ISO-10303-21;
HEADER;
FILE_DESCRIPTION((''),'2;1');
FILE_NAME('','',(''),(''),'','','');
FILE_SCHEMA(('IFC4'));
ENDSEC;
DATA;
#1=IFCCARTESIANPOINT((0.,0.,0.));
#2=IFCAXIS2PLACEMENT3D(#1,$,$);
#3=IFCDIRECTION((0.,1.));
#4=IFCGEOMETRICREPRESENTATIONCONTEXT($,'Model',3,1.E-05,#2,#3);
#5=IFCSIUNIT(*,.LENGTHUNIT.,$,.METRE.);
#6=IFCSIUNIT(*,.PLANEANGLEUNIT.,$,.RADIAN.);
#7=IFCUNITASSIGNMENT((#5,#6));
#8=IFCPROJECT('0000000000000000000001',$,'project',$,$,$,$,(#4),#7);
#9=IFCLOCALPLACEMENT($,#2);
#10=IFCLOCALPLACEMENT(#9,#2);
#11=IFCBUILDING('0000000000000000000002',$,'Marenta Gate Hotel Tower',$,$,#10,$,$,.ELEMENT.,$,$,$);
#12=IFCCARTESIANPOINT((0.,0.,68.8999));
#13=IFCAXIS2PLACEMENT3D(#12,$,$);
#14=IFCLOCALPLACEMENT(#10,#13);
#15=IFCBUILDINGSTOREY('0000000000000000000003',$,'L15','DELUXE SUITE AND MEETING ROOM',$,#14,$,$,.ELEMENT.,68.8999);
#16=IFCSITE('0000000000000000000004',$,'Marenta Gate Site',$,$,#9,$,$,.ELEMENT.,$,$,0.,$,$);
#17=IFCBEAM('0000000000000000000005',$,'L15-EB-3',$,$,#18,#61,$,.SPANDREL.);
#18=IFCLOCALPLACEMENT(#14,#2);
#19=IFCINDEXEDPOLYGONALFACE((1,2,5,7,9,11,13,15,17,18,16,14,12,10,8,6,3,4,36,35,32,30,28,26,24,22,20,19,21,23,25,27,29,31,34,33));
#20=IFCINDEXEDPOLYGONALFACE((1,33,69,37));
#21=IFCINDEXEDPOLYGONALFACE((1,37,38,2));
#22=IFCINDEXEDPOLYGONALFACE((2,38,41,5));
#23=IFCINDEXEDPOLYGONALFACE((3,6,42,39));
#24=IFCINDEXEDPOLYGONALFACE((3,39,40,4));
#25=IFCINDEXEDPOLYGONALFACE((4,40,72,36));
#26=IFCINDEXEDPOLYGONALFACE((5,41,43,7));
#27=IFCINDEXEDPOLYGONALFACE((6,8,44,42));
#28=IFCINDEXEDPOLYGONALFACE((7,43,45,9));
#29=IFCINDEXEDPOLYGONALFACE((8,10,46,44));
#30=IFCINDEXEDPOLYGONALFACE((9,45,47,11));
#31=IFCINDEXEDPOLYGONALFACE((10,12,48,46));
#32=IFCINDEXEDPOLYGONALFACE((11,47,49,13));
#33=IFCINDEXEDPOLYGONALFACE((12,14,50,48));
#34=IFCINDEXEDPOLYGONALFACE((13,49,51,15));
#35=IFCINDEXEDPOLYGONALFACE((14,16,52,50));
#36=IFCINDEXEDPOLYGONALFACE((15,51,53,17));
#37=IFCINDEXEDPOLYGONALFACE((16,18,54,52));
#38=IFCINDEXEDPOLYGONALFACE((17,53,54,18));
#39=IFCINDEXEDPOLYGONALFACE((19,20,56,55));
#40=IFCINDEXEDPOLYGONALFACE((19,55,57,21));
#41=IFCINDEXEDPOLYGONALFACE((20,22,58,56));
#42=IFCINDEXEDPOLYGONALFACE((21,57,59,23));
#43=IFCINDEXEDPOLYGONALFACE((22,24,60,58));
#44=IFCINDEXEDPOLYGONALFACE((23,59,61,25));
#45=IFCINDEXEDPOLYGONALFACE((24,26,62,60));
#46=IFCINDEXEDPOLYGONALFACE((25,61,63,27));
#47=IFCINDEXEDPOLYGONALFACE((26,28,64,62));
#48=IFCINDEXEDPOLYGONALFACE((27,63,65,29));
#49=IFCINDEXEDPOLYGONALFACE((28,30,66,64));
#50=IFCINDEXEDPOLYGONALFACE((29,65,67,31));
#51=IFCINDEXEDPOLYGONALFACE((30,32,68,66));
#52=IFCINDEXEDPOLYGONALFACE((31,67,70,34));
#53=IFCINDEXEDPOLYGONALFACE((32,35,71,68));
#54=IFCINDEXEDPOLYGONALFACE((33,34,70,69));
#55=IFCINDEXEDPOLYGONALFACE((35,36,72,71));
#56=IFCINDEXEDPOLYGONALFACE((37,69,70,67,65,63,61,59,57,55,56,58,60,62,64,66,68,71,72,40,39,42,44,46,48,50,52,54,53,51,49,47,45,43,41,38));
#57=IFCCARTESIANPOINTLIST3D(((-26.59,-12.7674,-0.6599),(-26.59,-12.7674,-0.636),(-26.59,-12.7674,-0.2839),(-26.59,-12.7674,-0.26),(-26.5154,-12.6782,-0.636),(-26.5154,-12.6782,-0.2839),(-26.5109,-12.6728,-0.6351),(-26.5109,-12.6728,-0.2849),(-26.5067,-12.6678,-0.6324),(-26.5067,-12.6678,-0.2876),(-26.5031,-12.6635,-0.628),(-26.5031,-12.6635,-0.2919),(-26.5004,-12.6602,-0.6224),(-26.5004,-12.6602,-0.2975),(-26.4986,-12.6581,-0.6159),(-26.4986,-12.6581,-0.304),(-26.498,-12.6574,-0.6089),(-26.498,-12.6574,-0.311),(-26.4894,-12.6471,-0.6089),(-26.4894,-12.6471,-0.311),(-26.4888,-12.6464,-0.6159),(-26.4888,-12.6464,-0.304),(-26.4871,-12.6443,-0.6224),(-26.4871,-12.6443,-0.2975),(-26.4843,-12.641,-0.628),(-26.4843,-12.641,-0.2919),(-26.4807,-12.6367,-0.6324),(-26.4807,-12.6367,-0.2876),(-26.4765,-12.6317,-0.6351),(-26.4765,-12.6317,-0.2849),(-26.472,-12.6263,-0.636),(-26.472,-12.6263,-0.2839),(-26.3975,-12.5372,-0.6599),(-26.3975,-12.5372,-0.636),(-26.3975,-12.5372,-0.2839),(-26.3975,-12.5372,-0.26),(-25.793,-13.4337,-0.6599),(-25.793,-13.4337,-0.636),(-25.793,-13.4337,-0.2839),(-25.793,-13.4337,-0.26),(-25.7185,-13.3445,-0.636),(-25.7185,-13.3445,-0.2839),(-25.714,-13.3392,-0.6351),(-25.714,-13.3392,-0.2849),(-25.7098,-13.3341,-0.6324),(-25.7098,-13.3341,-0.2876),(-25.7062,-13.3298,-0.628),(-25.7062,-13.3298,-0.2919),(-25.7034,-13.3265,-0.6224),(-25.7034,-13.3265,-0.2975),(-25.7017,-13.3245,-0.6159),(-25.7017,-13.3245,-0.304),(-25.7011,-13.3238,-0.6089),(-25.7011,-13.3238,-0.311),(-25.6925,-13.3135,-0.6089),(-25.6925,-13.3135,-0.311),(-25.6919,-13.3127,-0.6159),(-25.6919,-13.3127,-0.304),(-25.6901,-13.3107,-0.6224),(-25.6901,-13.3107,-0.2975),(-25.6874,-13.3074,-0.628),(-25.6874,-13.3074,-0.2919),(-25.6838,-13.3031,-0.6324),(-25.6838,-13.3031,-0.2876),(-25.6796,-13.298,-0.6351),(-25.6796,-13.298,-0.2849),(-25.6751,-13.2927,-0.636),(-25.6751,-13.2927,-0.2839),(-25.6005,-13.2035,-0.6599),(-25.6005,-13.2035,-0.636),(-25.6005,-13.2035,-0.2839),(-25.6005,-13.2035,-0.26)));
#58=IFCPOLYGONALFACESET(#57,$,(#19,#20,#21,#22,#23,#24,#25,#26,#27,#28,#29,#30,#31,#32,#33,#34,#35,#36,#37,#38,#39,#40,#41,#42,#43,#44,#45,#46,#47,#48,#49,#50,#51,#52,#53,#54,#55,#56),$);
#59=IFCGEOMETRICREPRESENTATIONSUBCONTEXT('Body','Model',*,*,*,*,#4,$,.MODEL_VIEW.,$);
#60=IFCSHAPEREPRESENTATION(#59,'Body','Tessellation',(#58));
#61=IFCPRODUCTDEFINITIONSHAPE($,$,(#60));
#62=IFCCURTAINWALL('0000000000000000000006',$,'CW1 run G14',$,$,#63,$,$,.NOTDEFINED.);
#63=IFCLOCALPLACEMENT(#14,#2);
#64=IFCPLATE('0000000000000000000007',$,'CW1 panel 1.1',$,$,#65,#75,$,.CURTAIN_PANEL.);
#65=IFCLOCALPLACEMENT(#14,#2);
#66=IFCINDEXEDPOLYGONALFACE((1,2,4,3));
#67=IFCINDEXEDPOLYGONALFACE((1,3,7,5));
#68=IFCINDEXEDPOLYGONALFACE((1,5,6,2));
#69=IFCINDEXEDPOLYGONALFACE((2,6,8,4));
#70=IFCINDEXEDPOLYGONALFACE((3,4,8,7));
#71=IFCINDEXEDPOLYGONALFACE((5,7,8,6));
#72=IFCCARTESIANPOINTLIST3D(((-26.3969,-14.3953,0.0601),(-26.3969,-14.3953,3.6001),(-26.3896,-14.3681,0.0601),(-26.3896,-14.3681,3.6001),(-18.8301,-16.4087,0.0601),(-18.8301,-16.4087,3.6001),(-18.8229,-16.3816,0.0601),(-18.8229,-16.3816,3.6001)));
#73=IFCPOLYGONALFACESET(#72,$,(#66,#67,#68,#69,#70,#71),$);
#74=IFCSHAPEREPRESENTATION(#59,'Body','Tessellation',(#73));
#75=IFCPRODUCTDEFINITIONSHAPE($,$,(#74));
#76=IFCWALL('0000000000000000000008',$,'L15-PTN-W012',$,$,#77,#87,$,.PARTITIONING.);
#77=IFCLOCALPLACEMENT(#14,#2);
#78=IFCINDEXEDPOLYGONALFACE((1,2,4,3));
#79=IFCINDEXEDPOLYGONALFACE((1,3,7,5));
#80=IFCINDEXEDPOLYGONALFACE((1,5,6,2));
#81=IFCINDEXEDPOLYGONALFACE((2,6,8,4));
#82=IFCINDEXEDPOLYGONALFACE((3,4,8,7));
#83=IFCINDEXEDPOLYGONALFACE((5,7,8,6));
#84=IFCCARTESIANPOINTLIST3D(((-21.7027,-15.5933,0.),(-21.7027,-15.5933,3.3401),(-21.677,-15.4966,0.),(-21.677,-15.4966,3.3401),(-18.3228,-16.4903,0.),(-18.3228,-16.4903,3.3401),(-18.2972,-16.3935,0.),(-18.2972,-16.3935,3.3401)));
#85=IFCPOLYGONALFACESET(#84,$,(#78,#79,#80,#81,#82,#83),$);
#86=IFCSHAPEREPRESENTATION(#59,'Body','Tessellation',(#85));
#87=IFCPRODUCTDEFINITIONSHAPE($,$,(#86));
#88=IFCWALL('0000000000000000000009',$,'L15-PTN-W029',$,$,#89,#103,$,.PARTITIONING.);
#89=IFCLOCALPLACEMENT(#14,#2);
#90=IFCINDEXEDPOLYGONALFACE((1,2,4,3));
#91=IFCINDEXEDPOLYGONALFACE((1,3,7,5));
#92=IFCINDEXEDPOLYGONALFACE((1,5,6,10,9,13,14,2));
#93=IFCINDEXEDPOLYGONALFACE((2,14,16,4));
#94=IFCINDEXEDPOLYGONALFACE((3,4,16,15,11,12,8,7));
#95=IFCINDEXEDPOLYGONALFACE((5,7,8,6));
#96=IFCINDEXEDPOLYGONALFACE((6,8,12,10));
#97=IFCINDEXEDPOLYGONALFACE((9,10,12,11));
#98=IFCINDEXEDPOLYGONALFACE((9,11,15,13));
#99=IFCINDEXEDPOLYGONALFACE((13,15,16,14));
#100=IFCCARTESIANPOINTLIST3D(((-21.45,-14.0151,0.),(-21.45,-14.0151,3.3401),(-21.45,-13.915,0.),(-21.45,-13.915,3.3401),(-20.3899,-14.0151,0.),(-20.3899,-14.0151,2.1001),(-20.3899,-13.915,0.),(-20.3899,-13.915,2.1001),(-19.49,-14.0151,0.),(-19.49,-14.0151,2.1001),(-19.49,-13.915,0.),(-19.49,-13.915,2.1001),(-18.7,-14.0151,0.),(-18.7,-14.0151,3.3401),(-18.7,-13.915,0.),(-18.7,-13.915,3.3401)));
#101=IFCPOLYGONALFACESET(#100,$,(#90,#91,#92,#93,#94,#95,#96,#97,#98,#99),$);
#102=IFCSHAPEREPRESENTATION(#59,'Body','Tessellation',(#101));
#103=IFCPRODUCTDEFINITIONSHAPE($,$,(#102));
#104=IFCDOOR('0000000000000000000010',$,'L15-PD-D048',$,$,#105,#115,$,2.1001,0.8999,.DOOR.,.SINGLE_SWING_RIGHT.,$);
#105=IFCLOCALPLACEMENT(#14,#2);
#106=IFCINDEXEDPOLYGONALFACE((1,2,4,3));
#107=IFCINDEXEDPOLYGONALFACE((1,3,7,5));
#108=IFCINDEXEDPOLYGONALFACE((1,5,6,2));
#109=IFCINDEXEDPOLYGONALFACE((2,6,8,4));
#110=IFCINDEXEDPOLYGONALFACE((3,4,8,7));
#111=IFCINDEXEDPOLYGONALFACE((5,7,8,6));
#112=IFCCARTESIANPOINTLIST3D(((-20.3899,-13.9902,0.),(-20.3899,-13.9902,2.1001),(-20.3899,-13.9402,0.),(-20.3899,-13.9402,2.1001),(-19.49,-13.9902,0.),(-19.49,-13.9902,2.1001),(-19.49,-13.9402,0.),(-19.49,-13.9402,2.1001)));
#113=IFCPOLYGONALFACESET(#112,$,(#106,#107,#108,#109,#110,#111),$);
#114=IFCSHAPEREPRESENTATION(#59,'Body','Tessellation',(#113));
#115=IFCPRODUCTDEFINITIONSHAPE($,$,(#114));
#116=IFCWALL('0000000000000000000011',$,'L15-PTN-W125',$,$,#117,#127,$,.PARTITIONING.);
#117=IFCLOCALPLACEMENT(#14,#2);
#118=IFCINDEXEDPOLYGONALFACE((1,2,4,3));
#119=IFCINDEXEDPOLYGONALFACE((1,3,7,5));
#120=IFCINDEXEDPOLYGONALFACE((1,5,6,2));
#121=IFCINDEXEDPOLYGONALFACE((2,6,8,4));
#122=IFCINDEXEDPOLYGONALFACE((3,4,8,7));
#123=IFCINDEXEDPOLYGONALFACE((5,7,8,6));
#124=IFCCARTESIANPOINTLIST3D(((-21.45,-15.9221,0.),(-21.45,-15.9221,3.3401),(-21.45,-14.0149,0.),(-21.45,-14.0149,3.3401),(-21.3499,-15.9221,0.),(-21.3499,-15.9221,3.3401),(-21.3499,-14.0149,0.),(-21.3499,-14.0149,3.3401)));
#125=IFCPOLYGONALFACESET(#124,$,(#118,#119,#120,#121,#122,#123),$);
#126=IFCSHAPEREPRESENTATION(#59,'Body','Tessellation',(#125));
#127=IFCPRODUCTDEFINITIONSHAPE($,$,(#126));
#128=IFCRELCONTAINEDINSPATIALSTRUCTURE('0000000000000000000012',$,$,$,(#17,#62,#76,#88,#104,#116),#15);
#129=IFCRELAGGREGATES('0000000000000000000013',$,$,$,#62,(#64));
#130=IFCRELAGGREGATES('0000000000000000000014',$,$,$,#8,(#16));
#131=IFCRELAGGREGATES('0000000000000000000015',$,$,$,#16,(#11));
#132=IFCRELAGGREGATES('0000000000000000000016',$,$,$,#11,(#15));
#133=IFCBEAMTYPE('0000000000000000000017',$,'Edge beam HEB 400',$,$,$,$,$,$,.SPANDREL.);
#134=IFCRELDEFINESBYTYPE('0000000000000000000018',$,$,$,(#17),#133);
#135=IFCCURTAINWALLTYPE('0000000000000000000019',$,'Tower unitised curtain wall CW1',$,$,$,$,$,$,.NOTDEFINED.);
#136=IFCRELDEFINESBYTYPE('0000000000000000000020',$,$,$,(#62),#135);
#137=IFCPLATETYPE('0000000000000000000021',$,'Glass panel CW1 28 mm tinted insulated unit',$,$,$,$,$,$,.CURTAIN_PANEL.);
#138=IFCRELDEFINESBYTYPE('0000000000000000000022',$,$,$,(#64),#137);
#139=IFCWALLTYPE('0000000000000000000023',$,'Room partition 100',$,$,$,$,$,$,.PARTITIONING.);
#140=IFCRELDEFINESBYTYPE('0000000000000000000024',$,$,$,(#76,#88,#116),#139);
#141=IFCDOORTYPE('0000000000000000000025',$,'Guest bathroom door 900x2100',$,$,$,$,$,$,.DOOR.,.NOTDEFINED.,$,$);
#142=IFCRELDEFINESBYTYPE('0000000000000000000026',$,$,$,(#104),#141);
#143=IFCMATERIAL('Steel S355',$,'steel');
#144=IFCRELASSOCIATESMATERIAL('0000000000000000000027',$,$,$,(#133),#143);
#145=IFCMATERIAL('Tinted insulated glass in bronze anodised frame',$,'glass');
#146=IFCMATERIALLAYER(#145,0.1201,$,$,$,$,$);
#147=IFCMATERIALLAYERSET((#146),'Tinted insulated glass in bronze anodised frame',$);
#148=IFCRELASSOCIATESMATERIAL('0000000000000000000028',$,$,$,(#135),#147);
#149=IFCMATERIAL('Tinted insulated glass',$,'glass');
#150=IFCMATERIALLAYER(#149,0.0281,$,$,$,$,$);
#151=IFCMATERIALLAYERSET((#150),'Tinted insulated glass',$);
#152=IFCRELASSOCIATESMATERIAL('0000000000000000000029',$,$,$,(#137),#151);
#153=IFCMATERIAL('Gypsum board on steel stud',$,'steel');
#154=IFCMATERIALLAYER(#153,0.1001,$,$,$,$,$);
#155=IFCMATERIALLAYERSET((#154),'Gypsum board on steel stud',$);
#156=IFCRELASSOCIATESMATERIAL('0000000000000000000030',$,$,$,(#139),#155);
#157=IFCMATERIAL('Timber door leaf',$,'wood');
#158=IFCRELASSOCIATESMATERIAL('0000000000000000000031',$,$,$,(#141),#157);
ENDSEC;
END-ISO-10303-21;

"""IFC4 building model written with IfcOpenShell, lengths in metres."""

from ifc_helpers import new_model, si_unit, direction, frame, frame_2d, origin, origin_2d, place, context, subcontext, project, spatial, rectangle, i_section, extrude, material, layer, layer_set, material_profile, profile_set, type_object, element, fill, aggregate, save


model = new_model("IFC4")

# Units and contexts
model_context = context("Model", 3, precision=1e-05, world=origin(), true_north=direction((0.0, 1.0)))
body_context = subcontext(model_context, "Body", "Model", "MODEL_VIEW")
ifc_project = project(units=[si_unit("LENGTHUNIT", "METRE"), si_unit("PLANEANGLEUNIT", "RADIAN")], contexts=[model_context])

# Site, building, storey
site_placement = place(None, origin())
site = spatial("IfcSite", under=ifc_project, at=site_placement, Name="Marenta Gate Site", CompositionType="ELEMENT", RefElevation=0.0)
building_placement = place(site_placement, origin())
building = spatial("IfcBuilding", under=site, at=building_placement, Name="Marenta Gate Hotel Tower", CompositionType="ELEMENT")
storey_placement = place(building_placement, frame((0.0, 0.0, 68.8999)))
storey = spatial("IfcBuildingStorey", under=building, at=storey_placement, Name="L15", Description="DELUXE SUITE AND MEETING ROOM", CompositionType="ELEMENT", Elevation=68.8999)

# Beam
ifc_material_1 = material(Name="Steel S355", Category="steel")
ifc_material_profile_1 = material_profile(ifc_material_1, i_section(OverallWidth=0.3, OverallDepth=0.3999, WebThickness=0.0134, FlangeThickness=0.0239, FilletRadius=0.0271, at=origin_2d()), Name="HEB 400")
ifc_profile_set_1 = profile_set([ifc_material_profile_1], Name="Steel S355")
beam_type = type_object("IfcBeamType", Name="Edge beam HEB 400", PredefinedType="SPANDREL", material=ifc_profile_set_1)
beam_1_placement = place(storey_placement, frame((-25.6968, -13.3186, -0.46), z_axis=(-0.76718, 0.641432, 0.0), x_axis=(-0.641432, -0.76718, 0.0)))
element("IfcBeam", 1, at=beam_1_placement, inside=storey, type_object=beam_type, Name="L15-EB-3", PredefinedType="SPANDREL", context=body_context, shape_type="SweptSolid", body=[
    extrude(i_section(OverallWidth=0.3, OverallDepth=0.3999, WebThickness=0.0134, FlangeThickness=0.0239, FilletRadius=0.0271, at=origin_2d()), origin(), (0.0, 0.0, 1.0), 1.0388),
])

# Curtain wall, plate
ifc_material_2 = material(Name="Tinted insulated glass in bronze anodised frame", Category="glass")
ifc_layer_1 = layer(ifc_material_2, 0.1201)
ifc_layer_set_1 = layer_set([ifc_layer_1], Name="Tinted insulated glass in bronze anodised frame")
curtain_wall_type = type_object("IfcCurtainWallType", Name="Tower unitised curtain wall CW1", PredefinedType="NOTDEFINED", material=ifc_layer_set_1)
curtain_wall_placement = place(storey_placement, origin())
curtain_wall = element("IfcCurtainWall", 2, at=curtain_wall_placement, inside=storey, type_object=curtain_wall_type, Name="CW1 run G14", PredefinedType="NOTDEFINED")
ifc_material_3 = material(Name="Tinted insulated glass", Category="glass")
ifc_layer_2 = layer(ifc_material_3, 0.0281)
ifc_layer_set_2 = layer_set([ifc_layer_2], Name="Tinted insulated glass")
plate_type = type_object("IfcPlateType", Name="Glass panel CW1 28 mm tinted insulated unit", PredefinedType="CURTAIN_PANEL", material=ifc_layer_set_2)
plate_placement = place(storey_placement, frame((-22.6099, -15.3884, 0.0601), z_axis=(0.0, 0.0, 1.0), x_axis=(0.966373, -0.257144, 0.0)))
plate = element("IfcPlate", 3, at=plate_placement, type_object=plate_type, Name="CW1 panel 1.1", PredefinedType="CURTAIN_PANEL", context=body_context, shape_type="SweptSolid", body=[
    extrude(rectangle(XDim=7.8301, YDim=0.0281, at=origin_2d()), origin(), (0.0, 0.0, 1.0), 3.54),
])
aggregate(curtain_wall, [plate])

# Wall
ifc_material_4 = material(Name="Gypsum board on steel stud", Category="steel")
ifc_layer_3 = layer(ifc_material_4, 0.1001)
ifc_layer_set_3 = layer_set([ifc_layer_3], Name="Gypsum board on steel stud")
wall_type = type_object("IfcWallType", Name="Room partition 100", PredefinedType="PARTITIONING", material=ifc_layer_set_3)
wall_1_placement = place(storey_placement, frame((-21.6899, -15.5449, 0.0), z_axis=(0.0, 0.0, 1.0), x_axis=(0.966542, -0.256507, 0.0)))
element("IfcWall", 4, at=wall_1_placement, inside=storey, type_object=wall_type, Name="L15-PTN-W012", PredefinedType="PARTITIONING", context=body_context, shape_type="SweptSolid", body=[
    extrude(rectangle(XDim=3.4968, YDim=0.1001, at=frame_2d((1.7485, 0.0))), origin(), (0.0, 0.0, 1.0), 3.3401),
])

# Wall, opening, door
wall_2_placement = place(storey_placement, frame((-21.45, -13.9651, 0.0), z_axis=(0.0, 0.0, 1.0), x_axis=(1.0, 0.0, 0.0)))
wall_2 = element("IfcWall", 5, at=wall_2_placement, inside=storey, type_object=wall_type, Name="L15-PTN-W029", PredefinedType="PARTITIONING", context=body_context, shape_type="SweptSolid", body=[
    extrude(rectangle(XDim=2.75, YDim=0.1001, at=frame_2d((1.375, 0.0))), origin(), (0.0, 0.0, 1.0), 3.3401),
])
opening_placement = place(wall_2_placement, frame((1.0601, 0.0, 0.0)))
opening = element("IfcOpeningElement", 6, at=opening_placement, cuts=wall_2, PredefinedType="OPENING", context=body_context, shape_type="SweptSolid", body=[
    extrude(rectangle(XDim=0.8999, YDim=2.1001, at=frame_2d((0.45, 1.05))), frame((0.0, 0.05, 0.0), z_axis=(0.0, -1.0, 0.0), x_axis=(1.0, 0.0, 0.0)), (0.0, 0.0, 1.0), 0.1001),
])
ifc_material_5 = material(Name="Timber door leaf", Category="wood")
door_type = type_object("IfcDoorType", Name="Guest bathroom door 900x2100", OperationType="NOTDEFINED", PredefinedType="DOOR", material=ifc_material_5)
door_placement = place(opening_placement, origin())
door = element("IfcDoor", 7, at=door_placement, inside=storey, type_object=door_type, Name="L15-PD-D048", OperationType="SINGLE_SWING_RIGHT", OverallHeight=2.1001, OverallWidth=0.8999, PredefinedType="DOOR", context=body_context, shape_type="SweptSolid", body=[
    extrude(rectangle(XDim=0.8999, YDim=2.1001, at=frame_2d((0.45, 1.05))), frame((0.0, 0.0249, 0.0), z_axis=(0.0, -1.0, 0.0), x_axis=(1.0, 0.0, 0.0)), (0.0, 0.0, 1.0), 0.05),
])
fill(opening, door)

# Wall
wall_3_placement = place(storey_placement, frame((-21.3999, -15.9221, 0.0), z_axis=(0.0, 0.0, 1.0), x_axis=(0.0, 1.0, 0.0)))
element("IfcWall", 8, at=wall_3_placement, inside=storey, type_object=wall_type, Name="L15-PTN-W125", PredefinedType="PARTITIONING", context=body_context, shape_type="SweptSolid", body=[
    extrude(rectangle(XDim=1.9072, YDim=0.1001, at=frame_2d((0.9536, 0.0))), origin(), (0.0, 0.0, 1.0), 3.3401),
])

save(model, "model.ifc")
